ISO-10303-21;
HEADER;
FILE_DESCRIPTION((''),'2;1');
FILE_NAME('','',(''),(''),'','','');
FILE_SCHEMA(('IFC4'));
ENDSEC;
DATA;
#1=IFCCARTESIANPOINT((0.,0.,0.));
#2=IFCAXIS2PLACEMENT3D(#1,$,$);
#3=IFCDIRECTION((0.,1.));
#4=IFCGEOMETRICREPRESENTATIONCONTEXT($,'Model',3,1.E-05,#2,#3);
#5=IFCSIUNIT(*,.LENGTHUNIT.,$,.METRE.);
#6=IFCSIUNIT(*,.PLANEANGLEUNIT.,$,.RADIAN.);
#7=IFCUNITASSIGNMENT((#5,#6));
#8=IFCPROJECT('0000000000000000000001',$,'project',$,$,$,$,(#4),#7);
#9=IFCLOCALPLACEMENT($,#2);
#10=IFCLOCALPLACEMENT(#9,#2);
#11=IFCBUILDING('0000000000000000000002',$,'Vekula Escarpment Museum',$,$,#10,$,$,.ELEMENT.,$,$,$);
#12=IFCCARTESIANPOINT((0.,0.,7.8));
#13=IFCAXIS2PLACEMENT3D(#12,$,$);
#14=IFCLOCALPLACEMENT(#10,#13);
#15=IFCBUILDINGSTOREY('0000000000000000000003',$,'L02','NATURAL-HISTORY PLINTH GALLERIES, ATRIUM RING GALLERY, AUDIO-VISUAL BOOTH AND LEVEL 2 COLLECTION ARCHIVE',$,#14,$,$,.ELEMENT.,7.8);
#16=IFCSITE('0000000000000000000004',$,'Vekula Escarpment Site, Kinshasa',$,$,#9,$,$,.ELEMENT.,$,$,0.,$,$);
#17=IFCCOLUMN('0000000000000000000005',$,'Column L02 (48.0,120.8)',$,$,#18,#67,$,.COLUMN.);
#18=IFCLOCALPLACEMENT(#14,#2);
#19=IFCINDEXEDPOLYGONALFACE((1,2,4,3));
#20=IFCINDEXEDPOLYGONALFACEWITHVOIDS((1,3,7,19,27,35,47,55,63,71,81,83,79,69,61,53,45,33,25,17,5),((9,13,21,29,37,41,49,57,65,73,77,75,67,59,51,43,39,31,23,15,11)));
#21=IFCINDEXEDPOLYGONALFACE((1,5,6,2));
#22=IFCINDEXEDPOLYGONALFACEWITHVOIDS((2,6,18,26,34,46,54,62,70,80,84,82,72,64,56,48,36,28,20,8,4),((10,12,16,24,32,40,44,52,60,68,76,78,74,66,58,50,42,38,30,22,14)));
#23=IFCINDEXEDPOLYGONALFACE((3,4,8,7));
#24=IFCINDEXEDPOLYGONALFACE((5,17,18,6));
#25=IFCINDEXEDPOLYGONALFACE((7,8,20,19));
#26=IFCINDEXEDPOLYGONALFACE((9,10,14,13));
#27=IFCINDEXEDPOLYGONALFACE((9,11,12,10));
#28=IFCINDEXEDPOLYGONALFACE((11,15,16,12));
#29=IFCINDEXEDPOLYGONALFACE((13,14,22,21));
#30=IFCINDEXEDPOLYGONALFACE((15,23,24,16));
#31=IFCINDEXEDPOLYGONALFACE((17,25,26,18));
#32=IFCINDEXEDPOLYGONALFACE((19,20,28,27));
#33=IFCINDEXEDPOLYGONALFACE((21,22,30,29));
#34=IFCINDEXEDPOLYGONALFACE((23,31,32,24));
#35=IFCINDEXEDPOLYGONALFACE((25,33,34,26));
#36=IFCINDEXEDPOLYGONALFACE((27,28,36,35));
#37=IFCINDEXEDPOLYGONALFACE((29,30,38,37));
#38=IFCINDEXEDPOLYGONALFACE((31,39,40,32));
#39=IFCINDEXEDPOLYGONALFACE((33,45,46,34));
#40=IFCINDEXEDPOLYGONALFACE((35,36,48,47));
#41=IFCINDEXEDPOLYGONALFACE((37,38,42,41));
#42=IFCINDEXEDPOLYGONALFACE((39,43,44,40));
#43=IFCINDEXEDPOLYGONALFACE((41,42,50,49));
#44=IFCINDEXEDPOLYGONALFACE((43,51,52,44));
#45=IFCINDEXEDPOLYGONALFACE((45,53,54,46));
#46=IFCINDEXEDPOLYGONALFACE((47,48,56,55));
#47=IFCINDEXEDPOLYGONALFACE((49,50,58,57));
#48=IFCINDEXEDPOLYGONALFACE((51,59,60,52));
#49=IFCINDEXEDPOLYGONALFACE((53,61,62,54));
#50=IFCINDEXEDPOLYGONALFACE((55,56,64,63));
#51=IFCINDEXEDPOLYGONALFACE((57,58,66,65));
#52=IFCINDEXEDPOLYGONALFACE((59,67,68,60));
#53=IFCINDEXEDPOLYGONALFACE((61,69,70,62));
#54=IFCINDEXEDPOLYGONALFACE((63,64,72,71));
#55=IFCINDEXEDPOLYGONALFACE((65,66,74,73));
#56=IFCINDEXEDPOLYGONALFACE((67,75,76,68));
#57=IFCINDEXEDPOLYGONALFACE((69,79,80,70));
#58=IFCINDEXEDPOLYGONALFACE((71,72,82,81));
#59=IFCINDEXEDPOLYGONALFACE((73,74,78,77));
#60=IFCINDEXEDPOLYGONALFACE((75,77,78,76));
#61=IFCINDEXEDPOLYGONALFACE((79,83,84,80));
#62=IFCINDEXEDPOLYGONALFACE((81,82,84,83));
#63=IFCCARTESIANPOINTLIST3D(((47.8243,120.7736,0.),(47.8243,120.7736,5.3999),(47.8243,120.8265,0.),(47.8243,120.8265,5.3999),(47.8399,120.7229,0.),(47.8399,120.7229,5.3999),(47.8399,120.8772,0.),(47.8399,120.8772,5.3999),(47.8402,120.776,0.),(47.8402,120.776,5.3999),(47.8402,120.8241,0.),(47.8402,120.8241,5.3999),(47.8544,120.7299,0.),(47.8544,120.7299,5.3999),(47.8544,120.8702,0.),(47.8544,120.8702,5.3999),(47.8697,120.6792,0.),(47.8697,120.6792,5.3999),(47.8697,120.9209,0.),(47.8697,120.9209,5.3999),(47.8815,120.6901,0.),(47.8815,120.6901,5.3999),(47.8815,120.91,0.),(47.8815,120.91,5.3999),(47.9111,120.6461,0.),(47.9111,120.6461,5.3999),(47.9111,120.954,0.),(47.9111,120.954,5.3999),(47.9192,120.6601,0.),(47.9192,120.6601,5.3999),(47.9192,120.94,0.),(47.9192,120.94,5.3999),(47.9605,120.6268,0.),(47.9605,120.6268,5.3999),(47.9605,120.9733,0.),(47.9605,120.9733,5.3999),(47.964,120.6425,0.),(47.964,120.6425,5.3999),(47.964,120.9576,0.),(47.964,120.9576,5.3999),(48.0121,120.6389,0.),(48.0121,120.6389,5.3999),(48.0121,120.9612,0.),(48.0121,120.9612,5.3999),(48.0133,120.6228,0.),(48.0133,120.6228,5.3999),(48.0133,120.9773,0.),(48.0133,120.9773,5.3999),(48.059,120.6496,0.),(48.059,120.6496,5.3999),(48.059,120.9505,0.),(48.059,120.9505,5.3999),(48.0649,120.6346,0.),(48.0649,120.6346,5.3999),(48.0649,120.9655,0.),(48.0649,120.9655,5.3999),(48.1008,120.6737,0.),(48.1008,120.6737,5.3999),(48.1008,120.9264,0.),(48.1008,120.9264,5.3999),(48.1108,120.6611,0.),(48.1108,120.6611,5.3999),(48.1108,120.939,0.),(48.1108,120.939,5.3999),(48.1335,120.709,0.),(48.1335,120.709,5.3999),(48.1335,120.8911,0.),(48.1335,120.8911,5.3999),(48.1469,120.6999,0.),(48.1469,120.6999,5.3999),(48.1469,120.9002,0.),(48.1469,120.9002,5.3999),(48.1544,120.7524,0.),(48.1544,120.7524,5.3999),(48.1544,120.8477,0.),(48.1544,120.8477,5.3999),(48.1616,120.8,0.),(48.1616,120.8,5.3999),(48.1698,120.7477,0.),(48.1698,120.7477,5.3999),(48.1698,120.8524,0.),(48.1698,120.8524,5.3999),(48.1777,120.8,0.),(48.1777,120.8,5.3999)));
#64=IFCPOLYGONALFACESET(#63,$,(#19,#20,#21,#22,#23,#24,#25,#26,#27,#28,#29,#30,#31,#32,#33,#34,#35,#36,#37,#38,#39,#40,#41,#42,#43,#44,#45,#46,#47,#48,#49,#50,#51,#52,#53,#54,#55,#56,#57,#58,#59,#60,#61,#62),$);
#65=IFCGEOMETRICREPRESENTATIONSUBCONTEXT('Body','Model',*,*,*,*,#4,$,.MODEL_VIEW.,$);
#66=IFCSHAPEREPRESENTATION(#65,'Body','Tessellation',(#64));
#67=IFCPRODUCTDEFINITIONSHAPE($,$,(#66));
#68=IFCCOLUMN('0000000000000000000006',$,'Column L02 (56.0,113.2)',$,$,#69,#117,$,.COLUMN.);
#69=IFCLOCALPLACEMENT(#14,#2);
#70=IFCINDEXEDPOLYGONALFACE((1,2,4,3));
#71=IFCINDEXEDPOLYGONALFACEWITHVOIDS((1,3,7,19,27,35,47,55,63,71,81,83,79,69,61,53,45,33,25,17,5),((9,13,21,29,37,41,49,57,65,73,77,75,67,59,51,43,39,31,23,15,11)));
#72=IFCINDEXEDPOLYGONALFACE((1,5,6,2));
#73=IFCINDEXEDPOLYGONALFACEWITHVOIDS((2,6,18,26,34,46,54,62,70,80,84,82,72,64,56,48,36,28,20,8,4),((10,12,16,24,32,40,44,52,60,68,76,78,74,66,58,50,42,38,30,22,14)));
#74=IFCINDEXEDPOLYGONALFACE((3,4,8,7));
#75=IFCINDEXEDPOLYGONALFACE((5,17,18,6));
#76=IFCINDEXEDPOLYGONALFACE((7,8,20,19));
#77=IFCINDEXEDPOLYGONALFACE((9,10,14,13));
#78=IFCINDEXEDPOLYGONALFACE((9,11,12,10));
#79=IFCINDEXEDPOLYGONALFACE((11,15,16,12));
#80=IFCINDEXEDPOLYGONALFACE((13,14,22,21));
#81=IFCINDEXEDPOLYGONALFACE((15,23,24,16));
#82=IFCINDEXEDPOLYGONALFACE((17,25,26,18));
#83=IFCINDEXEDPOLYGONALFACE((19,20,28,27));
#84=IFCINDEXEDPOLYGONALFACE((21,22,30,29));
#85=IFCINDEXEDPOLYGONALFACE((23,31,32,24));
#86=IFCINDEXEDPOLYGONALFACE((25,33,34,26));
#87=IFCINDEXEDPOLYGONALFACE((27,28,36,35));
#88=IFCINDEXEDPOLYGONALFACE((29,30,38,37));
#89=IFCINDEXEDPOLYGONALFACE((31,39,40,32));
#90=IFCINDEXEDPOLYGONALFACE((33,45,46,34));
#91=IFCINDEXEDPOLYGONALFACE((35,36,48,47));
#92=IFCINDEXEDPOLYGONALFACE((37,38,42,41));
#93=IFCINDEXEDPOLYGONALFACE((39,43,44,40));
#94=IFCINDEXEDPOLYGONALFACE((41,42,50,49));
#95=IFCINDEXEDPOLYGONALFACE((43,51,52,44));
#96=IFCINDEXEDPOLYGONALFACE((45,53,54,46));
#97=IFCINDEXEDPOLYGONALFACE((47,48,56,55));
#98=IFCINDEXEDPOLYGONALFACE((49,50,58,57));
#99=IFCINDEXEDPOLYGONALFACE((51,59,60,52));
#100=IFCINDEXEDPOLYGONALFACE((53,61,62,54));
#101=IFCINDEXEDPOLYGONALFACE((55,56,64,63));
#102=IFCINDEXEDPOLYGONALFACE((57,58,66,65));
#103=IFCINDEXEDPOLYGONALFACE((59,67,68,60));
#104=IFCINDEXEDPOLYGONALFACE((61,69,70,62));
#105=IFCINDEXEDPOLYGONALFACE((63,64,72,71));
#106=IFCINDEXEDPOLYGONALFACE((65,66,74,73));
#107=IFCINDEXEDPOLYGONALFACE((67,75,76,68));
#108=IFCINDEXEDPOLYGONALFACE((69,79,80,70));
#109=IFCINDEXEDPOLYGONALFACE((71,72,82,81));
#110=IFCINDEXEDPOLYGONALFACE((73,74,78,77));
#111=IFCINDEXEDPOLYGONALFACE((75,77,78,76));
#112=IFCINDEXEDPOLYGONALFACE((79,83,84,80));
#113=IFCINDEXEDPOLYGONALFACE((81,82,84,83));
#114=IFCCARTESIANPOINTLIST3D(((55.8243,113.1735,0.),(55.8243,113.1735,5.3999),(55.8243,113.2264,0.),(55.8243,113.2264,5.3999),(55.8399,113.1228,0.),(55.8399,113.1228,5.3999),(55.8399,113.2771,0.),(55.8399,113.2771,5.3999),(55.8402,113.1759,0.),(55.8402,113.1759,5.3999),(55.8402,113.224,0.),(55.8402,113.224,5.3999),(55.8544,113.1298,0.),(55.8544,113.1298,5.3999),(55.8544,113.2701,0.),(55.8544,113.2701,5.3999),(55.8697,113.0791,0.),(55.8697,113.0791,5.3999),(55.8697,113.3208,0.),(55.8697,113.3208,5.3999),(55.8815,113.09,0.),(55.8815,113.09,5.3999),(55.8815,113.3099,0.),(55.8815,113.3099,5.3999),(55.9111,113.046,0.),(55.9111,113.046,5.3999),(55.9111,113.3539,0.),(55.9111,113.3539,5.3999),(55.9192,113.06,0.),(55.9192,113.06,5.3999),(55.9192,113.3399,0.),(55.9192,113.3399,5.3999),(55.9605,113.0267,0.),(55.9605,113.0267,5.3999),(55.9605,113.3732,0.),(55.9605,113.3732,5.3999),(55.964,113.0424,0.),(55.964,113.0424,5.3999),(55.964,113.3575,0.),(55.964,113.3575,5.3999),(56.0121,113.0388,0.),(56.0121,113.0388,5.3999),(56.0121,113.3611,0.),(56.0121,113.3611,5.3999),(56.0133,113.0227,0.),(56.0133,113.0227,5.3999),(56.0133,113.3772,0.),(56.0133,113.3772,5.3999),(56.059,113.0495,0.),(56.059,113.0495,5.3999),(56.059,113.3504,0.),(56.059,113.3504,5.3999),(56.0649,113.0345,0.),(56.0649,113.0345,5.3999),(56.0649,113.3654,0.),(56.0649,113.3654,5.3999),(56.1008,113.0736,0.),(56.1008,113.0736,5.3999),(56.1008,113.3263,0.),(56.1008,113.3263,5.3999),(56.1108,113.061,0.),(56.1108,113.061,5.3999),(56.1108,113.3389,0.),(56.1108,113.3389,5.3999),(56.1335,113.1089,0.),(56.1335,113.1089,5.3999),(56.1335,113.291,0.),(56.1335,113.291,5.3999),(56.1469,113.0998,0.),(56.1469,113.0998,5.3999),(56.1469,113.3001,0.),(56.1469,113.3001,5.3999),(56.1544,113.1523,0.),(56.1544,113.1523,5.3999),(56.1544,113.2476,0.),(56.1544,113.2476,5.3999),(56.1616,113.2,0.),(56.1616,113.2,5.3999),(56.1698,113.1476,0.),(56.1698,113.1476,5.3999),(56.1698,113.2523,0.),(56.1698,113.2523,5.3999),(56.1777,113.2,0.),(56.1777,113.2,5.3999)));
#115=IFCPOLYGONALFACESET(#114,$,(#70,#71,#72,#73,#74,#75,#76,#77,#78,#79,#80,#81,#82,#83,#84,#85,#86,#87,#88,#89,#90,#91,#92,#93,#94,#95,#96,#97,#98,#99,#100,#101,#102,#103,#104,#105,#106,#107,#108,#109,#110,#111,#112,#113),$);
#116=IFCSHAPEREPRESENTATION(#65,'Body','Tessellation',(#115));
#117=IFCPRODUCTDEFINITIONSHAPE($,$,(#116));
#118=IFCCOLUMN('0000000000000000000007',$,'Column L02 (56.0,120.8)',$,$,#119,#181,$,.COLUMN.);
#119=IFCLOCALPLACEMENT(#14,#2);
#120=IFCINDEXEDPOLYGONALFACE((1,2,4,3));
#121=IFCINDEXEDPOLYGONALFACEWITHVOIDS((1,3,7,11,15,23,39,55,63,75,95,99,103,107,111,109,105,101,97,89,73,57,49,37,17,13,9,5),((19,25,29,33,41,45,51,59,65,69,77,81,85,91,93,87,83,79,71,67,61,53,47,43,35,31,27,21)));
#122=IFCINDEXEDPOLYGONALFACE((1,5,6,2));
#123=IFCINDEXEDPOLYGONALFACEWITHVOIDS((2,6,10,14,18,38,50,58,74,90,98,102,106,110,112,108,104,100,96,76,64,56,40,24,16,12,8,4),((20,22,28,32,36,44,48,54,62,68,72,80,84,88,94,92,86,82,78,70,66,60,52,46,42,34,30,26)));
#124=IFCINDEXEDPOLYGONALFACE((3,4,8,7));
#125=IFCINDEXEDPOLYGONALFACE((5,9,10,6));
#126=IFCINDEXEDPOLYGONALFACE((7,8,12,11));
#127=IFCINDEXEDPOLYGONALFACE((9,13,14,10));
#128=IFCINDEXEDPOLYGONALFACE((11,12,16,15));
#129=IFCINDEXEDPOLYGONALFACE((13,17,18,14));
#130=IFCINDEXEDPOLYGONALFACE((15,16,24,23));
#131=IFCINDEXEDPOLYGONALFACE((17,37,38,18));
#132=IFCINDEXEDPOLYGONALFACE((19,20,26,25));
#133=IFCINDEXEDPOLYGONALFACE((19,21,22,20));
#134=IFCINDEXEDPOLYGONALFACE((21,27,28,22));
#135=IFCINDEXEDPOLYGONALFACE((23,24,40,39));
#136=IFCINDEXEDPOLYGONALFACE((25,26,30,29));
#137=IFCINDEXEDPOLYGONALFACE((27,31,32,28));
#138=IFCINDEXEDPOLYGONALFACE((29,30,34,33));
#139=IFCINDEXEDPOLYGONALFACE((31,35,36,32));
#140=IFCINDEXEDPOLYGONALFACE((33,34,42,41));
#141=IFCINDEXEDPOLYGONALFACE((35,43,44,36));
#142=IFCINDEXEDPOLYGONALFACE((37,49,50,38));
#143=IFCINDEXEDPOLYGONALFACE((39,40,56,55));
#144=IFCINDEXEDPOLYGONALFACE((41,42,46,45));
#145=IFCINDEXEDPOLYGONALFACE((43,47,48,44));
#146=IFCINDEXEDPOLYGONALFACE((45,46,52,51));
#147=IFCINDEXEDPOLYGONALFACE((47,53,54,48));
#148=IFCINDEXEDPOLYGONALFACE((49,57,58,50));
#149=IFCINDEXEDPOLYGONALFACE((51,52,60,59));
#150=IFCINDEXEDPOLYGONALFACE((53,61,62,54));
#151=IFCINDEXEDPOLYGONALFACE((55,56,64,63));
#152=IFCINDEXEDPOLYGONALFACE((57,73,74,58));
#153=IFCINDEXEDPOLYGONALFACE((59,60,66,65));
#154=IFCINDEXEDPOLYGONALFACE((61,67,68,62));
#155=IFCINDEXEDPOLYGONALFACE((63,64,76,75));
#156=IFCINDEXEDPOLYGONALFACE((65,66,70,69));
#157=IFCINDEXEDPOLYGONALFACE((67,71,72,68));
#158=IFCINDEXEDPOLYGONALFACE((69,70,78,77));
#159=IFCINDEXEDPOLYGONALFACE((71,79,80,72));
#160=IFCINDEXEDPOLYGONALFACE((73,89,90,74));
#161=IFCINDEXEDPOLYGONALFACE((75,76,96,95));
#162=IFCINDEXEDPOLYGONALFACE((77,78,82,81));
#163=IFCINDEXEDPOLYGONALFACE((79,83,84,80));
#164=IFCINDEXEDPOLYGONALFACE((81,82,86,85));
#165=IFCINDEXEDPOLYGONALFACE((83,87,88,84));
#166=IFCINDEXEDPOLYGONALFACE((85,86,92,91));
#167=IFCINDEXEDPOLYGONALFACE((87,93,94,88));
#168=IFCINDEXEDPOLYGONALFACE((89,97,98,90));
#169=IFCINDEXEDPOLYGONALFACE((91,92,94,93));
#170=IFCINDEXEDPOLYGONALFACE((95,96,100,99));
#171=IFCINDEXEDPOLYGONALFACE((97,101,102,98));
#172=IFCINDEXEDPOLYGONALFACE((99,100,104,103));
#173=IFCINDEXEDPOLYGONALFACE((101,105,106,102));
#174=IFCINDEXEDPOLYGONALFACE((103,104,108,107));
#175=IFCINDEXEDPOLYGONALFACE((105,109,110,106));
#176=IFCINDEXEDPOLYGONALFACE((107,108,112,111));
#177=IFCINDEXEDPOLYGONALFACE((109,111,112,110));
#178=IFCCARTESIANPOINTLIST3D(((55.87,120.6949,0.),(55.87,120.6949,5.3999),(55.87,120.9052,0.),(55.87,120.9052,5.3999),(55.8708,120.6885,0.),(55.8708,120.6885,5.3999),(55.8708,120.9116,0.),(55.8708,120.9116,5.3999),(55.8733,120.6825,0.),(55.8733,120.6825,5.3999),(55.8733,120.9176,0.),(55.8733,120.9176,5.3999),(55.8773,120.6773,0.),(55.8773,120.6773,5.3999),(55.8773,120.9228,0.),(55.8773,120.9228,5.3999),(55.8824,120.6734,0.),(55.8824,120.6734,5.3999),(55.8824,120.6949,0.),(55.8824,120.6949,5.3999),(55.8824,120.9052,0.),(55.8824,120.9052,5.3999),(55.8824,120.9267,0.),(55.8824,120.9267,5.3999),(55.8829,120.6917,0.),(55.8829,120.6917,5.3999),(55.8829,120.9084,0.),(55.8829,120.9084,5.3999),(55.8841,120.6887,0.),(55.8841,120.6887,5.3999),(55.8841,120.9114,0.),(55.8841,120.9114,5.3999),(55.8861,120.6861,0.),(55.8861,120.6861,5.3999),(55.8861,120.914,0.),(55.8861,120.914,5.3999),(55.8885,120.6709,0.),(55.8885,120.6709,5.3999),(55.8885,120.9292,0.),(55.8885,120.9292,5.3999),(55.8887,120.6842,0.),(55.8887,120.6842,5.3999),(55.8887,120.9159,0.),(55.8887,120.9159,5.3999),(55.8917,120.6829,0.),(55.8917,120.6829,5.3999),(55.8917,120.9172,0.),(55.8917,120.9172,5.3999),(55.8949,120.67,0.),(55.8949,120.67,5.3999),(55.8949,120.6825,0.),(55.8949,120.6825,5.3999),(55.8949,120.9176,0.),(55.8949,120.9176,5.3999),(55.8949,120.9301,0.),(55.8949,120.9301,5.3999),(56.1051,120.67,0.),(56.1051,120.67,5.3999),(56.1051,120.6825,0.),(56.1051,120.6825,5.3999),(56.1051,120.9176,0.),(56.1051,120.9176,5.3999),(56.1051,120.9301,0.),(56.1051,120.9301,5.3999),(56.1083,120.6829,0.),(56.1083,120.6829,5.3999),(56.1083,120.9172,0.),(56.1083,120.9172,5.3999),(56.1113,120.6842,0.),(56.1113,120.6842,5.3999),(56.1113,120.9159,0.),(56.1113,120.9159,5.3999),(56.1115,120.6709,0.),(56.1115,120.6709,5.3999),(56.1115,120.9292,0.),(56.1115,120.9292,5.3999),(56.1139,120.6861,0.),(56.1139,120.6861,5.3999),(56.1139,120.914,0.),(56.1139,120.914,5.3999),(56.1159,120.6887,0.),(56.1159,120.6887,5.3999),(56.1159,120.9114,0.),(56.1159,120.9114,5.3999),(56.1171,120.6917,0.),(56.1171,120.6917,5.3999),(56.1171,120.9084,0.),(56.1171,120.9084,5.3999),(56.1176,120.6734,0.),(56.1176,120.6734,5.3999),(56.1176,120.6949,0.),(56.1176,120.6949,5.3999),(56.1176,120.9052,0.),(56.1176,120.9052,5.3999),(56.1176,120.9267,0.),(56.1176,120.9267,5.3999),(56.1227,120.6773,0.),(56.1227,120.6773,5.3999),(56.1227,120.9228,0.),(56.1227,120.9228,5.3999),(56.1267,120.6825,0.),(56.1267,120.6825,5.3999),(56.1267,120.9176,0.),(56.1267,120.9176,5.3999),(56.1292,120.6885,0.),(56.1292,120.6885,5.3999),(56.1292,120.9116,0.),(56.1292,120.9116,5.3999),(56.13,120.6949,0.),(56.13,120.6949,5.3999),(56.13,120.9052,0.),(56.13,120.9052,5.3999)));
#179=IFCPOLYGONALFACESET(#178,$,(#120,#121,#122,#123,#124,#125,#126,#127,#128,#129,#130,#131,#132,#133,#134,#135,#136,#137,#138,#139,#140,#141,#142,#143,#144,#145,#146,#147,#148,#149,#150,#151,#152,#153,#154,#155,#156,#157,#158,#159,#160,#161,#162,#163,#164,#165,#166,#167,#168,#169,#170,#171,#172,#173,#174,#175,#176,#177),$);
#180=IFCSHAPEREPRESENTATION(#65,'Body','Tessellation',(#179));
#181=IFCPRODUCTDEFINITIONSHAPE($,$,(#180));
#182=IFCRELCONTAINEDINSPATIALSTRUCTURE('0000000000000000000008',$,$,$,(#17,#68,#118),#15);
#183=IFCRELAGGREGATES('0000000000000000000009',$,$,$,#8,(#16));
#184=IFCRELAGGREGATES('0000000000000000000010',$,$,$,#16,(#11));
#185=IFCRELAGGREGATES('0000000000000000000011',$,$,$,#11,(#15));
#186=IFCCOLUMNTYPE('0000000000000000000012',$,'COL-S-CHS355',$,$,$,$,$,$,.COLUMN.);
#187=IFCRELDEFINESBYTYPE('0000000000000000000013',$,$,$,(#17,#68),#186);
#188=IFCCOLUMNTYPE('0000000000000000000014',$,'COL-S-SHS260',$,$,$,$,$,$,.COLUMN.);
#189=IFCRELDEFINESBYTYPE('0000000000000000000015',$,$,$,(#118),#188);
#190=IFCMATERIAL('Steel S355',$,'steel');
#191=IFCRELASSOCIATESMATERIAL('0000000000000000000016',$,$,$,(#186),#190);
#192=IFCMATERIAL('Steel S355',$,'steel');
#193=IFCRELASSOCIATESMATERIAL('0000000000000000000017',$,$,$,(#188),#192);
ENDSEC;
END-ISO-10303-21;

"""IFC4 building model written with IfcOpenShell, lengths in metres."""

from ifc_helpers import new_model, si_unit, direction, frame, origin, origin_2d, place, context, subcontext, project, spatial, hollow_rectangle, hollow_circle, extrude, material, material_profile, profile_set, type_object, element, save


model = new_model("IFC4")

# Units and contexts
model_context = context("Model", 3, precision=1e-05, world=origin(), true_north=direction((0.0, 1.0)))
body_context = subcontext(model_context, "Body", "Model", "MODEL_VIEW")
ifc_project = project(units=[si_unit("LENGTHUNIT", "METRE"), si_unit("PLANEANGLEUNIT", "RADIAN")], contexts=[model_context])

# Site, building, storey
site_placement = place(None, origin())
site = spatial("IfcSite", under=ifc_project, at=site_placement, Name="Vekula Escarpment Site, Kinshasa", CompositionType="ELEMENT", RefElevation=0.0)
building_placement = place(site_placement, origin())
building = spatial("IfcBuilding", under=site, at=building_placement, Name="Vekula Escarpment Museum", CompositionType="ELEMENT")
storey_placement = place(building_placement, frame((0.0, 0.0, 7.8)))
storey = spatial("IfcBuildingStorey", under=building, at=storey_placement, Name="L02", Description="NATURAL-HISTORY PLINTH GALLERIES, ATRIUM RING GALLERY, AUDIO-VISUAL BOOTH AND LEVEL 2 COLLECTION ARCHIVE", CompositionType="ELEMENT", Elevation=7.8)

# Columns
ifc_material_1 = material(Name="Steel S355", Category="steel")
ifc_material_profile_1 = material_profile(ifc_material_1, hollow_circle(Radius=0.1777, WallThickness=0.0161, at=origin_2d()), Name="CHS 355.6x16")
ifc_profile_set_1 = profile_set([ifc_material_profile_1], Name="Steel S355")
column_type_1 = type_object("IfcColumnType", Name="COL-S-CHS355", PredefinedType="COLUMN", material=ifc_profile_set_1)
for number, where, z_axis, x_axis, name in (
    (1, (48.0, 120.8, 0.0), (0.0, 0.0, 1.0), (1.0, 0.0, 0.0), "Column L02 (48.0,120.8)"),
    (2, (56.0, 113.2, 0.0), (0.0, 0.0, 1.0), (1.0, 0.0, 0.0), "Column L02 (56.0,113.2)"),
):
    element("IfcColumn", number, at=place(storey_placement, frame(where, z_axis=z_axis, x_axis=x_axis)), inside=storey, type_object=column_type_1, Name=name, PredefinedType="COLUMN", context=body_context, shape_type="SweptSolid", body=[
        extrude(hollow_circle(Radius=0.1777, WallThickness=0.0161, at=origin_2d()), origin(), (0.0, 0.0, 1.0), 5.3999),
    ])
ifc_material_2 = material(Name="Steel S355", Category="steel")
ifc_material_profile_2 = material_profile(ifc_material_2, hollow_rectangle(XDim=0.26, YDim=0.26, WallThickness=0.0125, InnerFilletRadius=0.0125, OuterFilletRadius=0.0249, at=origin_2d()), Name="SHS 260x260x12.5")
ifc_profile_set_2 = profile_set([ifc_material_profile_2], Name="Steel S355")
column_type_2 = type_object("IfcColumnType", Name="COL-S-SHS260", PredefinedType="COLUMN", material=ifc_profile_set_2)
column_placement = place(storey_placement, frame((56.0, 120.8, 0.0), z_axis=(0.0, 0.0, 1.0), x_axis=(1.0, 0.0, 0.0)))
element("IfcColumn", 3, at=column_placement, inside=storey, type_object=column_type_2, Name="Column L02 (56.0,120.8)", PredefinedType="COLUMN", context=body_context, shape_type="SweptSolid", body=[
    extrude(hollow_rectangle(XDim=0.26, YDim=0.26, WallThickness=0.0125, InnerFilletRadius=0.0125, OuterFilletRadius=0.0249, at=origin_2d()), origin(), (0.0, 0.0, 1.0), 5.3999),
])

save(model, "model.ifc")
